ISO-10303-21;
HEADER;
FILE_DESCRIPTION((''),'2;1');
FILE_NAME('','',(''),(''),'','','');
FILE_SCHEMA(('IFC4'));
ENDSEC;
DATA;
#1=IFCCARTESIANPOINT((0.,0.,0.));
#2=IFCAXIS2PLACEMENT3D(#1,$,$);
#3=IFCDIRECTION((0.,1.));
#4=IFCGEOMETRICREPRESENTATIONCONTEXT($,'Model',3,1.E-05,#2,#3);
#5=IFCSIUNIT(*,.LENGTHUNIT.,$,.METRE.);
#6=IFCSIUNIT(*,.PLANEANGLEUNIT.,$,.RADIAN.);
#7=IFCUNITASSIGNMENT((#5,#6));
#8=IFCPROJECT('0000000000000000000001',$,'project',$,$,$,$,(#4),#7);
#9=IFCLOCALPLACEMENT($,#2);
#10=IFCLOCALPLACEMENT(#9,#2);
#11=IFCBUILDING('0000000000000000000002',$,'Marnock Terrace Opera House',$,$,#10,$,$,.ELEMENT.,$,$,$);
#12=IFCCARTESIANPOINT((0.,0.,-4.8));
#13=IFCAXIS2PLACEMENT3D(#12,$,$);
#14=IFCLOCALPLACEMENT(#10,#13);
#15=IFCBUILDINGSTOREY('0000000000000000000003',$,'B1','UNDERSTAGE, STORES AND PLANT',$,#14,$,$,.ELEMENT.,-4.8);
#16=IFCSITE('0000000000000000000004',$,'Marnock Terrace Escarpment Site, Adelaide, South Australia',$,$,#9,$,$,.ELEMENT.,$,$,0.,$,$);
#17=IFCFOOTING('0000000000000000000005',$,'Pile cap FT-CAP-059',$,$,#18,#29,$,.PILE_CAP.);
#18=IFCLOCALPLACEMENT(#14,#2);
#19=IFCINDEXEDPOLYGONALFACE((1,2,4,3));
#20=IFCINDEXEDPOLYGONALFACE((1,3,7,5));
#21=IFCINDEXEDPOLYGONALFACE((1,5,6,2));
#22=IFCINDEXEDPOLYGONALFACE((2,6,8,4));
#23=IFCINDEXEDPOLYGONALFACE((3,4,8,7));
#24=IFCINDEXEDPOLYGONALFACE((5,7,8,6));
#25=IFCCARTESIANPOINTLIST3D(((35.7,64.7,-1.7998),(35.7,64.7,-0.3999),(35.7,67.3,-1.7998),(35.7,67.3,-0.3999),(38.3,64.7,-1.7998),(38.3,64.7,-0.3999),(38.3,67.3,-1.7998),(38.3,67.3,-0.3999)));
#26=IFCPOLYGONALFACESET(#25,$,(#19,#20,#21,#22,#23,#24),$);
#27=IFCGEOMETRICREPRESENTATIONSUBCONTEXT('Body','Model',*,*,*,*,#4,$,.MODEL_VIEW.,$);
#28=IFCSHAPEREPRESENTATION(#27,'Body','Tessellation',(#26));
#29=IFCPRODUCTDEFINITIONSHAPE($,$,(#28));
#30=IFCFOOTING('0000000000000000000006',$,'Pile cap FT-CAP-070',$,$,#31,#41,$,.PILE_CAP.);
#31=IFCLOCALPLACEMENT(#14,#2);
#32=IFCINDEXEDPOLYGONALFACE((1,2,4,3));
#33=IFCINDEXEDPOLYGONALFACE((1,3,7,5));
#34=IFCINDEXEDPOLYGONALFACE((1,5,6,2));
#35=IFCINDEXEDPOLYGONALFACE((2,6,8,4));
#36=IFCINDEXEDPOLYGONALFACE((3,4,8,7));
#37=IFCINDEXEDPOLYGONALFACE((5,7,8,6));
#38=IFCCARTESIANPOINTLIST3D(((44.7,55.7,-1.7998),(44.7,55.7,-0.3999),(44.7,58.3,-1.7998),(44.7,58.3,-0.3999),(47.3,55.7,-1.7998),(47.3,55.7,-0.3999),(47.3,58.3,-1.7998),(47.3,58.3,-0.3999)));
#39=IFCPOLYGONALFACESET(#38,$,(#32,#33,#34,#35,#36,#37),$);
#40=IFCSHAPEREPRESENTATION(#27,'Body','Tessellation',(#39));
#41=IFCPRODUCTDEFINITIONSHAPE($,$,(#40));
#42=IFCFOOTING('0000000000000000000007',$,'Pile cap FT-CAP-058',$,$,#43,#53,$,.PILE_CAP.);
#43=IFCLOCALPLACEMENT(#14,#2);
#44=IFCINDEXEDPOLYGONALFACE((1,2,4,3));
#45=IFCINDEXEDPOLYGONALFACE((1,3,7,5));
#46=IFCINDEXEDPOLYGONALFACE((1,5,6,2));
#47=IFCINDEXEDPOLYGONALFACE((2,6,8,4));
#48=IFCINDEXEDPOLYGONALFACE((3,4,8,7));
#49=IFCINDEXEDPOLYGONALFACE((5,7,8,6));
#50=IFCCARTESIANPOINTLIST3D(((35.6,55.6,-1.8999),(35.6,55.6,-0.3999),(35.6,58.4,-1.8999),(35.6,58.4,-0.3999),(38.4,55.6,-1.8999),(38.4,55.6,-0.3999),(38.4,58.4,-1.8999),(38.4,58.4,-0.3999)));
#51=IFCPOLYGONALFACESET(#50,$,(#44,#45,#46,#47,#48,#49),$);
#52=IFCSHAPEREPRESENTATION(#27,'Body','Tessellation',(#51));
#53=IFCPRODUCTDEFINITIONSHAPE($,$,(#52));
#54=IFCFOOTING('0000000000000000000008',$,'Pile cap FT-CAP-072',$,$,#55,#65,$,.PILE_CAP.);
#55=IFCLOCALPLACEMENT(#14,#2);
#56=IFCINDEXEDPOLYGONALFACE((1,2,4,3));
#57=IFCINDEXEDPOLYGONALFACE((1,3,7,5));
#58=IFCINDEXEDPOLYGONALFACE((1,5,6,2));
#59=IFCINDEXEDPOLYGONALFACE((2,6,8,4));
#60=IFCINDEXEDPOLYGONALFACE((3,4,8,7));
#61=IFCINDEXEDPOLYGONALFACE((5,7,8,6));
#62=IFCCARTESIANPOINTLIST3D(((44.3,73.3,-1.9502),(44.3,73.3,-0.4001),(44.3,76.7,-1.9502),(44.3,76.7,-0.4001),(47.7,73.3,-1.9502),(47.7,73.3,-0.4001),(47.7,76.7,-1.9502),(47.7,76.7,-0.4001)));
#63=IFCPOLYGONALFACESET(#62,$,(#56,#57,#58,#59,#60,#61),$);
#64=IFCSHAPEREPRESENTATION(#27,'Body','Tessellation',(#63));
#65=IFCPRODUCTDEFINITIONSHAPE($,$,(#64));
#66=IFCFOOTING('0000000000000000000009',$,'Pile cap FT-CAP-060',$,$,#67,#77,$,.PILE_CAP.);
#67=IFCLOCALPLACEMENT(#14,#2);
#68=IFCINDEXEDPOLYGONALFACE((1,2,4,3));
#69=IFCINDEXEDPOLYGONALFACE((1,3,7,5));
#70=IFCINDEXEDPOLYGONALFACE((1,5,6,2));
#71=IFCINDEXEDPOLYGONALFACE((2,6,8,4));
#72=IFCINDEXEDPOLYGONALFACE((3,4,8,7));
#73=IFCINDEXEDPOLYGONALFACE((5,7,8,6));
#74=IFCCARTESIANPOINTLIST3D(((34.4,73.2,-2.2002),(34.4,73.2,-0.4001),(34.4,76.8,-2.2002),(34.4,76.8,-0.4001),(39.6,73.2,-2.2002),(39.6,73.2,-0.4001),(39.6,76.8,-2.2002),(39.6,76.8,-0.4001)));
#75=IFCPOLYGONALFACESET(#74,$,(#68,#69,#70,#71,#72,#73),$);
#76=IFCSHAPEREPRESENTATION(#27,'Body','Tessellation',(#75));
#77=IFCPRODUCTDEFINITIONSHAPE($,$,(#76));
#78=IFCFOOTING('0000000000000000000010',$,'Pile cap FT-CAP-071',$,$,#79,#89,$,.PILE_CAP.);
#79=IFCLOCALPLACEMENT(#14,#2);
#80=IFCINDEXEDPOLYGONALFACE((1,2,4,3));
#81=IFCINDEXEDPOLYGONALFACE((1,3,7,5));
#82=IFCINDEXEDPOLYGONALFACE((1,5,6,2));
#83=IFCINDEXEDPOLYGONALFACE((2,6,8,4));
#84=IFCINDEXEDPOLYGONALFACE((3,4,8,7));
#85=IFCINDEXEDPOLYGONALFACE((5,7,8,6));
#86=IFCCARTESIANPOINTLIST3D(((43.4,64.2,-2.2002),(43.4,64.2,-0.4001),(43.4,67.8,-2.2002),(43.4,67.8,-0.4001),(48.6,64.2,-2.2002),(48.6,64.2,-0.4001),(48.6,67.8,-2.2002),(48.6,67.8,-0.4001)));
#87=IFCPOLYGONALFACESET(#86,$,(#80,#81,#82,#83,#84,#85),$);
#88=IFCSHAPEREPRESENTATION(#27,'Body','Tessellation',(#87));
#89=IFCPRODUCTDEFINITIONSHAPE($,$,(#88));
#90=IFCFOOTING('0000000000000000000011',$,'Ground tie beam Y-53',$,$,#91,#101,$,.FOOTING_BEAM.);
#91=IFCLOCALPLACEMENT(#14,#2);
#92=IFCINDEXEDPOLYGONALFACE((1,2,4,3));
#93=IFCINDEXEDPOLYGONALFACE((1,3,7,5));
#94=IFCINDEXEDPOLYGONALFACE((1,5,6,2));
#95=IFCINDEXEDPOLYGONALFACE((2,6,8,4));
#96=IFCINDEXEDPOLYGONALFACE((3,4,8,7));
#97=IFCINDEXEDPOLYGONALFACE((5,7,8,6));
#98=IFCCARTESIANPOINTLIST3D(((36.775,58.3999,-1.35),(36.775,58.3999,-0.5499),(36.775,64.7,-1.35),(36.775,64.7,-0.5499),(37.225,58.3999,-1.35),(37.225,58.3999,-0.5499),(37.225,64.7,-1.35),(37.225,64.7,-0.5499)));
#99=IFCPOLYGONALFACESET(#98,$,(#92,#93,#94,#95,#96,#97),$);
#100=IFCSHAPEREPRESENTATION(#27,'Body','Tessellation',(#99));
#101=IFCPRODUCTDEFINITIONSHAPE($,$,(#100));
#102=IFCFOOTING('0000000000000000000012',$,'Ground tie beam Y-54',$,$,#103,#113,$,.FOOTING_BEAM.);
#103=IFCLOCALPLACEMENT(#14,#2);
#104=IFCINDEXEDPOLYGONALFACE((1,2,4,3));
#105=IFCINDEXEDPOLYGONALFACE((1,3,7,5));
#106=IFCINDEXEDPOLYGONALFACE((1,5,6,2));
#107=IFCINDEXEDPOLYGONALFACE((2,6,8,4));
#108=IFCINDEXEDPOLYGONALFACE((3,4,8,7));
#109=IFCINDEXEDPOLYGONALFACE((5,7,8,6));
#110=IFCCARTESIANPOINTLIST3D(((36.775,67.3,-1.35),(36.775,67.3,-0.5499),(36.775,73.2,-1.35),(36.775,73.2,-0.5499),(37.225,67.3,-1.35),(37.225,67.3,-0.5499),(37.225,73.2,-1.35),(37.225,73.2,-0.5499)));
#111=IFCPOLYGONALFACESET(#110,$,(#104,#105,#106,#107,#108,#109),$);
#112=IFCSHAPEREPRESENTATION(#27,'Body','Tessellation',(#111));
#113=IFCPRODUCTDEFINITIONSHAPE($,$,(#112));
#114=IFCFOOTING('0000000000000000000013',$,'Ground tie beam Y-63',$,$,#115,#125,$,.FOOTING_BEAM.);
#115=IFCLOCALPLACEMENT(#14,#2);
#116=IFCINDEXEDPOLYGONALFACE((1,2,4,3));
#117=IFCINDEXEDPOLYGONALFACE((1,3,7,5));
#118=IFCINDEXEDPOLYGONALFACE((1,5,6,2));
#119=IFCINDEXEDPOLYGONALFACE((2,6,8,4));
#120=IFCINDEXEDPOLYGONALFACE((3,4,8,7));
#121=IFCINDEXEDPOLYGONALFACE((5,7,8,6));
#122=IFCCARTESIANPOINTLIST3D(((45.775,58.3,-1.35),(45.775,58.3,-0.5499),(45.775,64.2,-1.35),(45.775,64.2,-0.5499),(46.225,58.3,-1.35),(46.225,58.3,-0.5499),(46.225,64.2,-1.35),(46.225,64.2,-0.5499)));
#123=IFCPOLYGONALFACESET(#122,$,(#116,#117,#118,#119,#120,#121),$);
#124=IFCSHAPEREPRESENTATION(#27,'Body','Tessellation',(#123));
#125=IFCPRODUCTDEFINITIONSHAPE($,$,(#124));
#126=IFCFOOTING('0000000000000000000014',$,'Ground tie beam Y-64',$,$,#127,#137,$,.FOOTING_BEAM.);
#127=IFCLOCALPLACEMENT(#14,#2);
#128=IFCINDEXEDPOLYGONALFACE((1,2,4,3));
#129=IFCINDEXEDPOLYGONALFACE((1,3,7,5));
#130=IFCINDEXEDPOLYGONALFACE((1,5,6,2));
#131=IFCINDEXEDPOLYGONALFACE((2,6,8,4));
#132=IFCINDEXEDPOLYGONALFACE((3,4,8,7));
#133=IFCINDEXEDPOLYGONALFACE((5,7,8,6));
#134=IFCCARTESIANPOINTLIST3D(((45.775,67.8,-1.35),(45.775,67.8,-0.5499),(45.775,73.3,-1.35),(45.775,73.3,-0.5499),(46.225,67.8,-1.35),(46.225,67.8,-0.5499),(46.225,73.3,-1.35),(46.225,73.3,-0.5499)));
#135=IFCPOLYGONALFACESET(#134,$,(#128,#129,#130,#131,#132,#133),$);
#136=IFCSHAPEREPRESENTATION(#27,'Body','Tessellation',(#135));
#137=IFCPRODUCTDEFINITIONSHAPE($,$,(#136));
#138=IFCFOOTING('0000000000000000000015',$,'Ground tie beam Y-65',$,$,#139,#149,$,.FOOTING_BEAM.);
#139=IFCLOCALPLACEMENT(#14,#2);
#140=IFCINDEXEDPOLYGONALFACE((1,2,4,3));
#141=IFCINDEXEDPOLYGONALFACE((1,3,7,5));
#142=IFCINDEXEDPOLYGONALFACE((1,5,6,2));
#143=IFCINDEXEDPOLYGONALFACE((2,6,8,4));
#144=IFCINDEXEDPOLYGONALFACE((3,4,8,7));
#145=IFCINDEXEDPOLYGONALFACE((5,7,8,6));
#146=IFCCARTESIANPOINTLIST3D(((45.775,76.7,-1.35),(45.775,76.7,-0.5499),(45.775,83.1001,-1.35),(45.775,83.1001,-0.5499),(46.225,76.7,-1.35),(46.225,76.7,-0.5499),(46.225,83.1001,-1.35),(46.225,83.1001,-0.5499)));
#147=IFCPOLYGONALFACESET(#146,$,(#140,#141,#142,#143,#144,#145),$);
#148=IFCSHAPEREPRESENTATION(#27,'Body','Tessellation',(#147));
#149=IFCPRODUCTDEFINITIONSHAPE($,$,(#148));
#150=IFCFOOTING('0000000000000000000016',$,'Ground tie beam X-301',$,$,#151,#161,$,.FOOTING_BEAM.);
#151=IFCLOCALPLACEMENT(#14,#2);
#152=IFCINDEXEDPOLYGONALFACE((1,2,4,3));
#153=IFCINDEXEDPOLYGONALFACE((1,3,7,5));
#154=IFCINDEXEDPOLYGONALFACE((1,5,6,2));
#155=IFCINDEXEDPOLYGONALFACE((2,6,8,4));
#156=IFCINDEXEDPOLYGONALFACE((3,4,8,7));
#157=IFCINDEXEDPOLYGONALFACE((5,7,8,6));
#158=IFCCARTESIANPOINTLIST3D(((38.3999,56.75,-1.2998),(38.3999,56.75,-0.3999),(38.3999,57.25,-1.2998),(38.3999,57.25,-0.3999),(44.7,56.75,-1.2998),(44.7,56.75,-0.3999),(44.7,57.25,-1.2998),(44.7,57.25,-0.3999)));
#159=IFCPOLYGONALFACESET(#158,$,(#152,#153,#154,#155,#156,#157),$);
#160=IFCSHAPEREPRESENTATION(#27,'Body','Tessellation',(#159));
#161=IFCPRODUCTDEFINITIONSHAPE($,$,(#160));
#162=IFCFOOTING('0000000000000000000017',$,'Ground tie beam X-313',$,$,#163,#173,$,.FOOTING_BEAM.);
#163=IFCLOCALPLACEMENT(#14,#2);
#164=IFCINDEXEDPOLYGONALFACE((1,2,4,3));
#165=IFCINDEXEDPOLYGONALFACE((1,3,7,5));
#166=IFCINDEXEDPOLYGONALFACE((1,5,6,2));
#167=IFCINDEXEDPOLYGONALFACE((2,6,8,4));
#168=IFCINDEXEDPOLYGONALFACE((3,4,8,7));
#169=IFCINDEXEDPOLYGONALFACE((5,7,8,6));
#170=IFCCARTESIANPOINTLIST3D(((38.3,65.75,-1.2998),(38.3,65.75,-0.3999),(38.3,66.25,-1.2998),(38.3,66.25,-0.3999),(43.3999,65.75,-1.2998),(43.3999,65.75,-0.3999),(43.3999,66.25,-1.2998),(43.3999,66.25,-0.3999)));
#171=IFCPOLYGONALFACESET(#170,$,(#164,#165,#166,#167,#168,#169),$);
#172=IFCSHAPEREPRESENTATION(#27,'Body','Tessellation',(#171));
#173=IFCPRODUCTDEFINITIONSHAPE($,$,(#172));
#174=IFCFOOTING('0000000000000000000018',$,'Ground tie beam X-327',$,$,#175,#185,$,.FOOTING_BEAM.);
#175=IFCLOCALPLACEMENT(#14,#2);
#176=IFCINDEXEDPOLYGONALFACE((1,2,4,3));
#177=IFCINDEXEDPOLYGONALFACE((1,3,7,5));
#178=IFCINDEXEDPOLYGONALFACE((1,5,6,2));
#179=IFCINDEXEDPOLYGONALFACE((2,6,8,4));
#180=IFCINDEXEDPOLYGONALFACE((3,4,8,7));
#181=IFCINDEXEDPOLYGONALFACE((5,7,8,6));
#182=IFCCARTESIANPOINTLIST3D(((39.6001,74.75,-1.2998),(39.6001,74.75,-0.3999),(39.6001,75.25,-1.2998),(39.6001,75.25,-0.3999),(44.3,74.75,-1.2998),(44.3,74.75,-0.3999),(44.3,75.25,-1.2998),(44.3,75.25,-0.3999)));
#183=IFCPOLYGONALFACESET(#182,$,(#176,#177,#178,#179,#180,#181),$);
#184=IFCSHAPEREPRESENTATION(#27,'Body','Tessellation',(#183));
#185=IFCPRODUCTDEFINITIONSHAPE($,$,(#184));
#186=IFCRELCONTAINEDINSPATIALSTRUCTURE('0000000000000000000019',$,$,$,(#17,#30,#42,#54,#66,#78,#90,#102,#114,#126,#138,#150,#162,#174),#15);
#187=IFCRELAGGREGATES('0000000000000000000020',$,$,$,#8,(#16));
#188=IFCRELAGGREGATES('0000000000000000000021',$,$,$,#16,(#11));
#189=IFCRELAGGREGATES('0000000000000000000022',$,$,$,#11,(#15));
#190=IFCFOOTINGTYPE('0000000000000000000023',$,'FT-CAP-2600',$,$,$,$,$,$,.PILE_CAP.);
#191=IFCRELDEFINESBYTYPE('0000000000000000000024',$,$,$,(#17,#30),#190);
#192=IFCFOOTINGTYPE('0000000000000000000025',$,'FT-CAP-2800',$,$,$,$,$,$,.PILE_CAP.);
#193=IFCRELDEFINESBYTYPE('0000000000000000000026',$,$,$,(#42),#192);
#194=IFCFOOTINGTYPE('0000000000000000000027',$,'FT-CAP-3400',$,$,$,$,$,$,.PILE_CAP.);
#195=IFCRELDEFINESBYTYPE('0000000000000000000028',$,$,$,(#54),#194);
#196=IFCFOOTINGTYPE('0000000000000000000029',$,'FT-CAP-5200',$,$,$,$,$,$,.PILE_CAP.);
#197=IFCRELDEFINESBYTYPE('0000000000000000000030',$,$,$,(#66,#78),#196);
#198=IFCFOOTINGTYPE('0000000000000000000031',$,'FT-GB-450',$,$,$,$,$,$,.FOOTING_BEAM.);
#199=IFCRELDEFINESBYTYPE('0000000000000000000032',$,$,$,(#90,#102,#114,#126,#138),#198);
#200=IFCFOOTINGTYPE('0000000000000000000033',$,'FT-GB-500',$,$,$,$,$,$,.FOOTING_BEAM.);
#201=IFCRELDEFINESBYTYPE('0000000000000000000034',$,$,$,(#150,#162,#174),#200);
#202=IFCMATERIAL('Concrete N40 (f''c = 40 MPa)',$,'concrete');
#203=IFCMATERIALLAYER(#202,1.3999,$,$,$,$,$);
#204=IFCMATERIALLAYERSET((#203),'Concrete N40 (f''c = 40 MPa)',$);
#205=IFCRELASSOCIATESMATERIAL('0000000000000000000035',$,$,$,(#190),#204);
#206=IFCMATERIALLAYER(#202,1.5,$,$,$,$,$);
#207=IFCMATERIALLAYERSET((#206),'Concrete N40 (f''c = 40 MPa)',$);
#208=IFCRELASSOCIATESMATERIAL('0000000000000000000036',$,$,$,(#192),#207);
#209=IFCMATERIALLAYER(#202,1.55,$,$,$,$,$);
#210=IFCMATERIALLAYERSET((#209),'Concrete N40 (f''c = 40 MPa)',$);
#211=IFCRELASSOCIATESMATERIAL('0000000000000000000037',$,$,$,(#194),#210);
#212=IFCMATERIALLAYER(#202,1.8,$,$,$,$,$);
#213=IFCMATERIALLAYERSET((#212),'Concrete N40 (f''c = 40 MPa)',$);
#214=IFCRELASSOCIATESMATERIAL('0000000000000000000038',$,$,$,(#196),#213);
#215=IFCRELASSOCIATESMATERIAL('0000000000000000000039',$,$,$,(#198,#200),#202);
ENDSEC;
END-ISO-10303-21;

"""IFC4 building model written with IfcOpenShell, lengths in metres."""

from ifc_helpers import new_model, si_unit, direction, frame, origin, origin_2d, place, context, subcontext, project, spatial, rectangle, extrude, material, layer, layer_set, material_profile, profile_set, type_object, element, save


model = new_model("IFC4")

# Units and contexts
model_context = context("Model", 3, precision=1e-05, world=origin(), true_north=direction((0.0, 1.0)))
body_context = subcontext(model_context, "Body", "Model", "MODEL_VIEW")
ifc_project = project(units=[si_unit("LENGTHUNIT", "METRE"), si_unit("PLANEANGLEUNIT", "RADIAN")], contexts=[model_context])

# Site, building, storey
site_placement = place(None, origin())
site = spatial("IfcSite", under=ifc_project, at=site_placement, Name="Marnock Terrace Escarpment Site, Adelaide, South Australia", CompositionType="ELEMENT", RefElevation=0.0)
building_placement = place(site_placement, origin())
building = spatial("IfcBuilding", under=site, at=building_placement, Name="Marnock Terrace Opera House", CompositionType="ELEMENT")
storey_placement = place(building_placement, frame((0.0, 0.0, -4.8)))
storey = spatial("IfcBuildingStorey", under=building, at=storey_placement, Name="B1", Description="UNDERSTAGE, STORES AND PLANT", CompositionType="ELEMENT", Elevation=-4.8)

# Footings
ifc_material_1 = material(Name="Concrete N40 (f'c = 40 MPa)", Category="concrete")
ifc_layer_1 = layer(ifc_material_1, 1.3999)
ifc_layer_set_1 = layer_set([ifc_layer_1], Name="Concrete N40 (f'c = 40 MPa)")
footing_type_1 = type_object("IfcFootingType", Name="FT-CAP-2600", PredefinedType="PILE_CAP", material=ifc_layer_set_1)
for number, where, z_axis, x_axis, name in (
    (1, (37.0, 66.0, -1.7998), (0.0, 0.0, 1.0), (1.0, 0.0, 0.0), "Pile cap FT-CAP-059"),
    (2, (46.0, 57.0, -1.7998), (0.0, 0.0, 1.0), (1.0, 0.0, 0.0), "Pile cap FT-CAP-070"),
):
    element("IfcFooting", number, at=place(storey_placement, frame(where, z_axis=z_axis, x_axis=x_axis)), inside=storey, type_object=footing_type_1, Name=name, PredefinedType="PILE_CAP", context=body_context, shape_type="SweptSolid", body=[
        extrude(rectangle(XDim=2.6001, YDim=2.6001, at=origin_2d()), origin(), (0.0, 0.0, 1.0), 1.3999),
    ])
ifc_layer_2 = layer(ifc_material_1, 1.5)
ifc_layer_set_2 = layer_set([ifc_layer_2], Name="Concrete N40 (f'c = 40 MPa)")
footing_type_2 = type_object("IfcFootingType", Name="FT-CAP-2800", PredefinedType="PILE_CAP", material=ifc_layer_set_2)
footing_1_placement = place(storey_placement, frame((37.0, 57.0, -1.8999), z_axis=(0.0, 0.0, 1.0), x_axis=(1.0, 0.0, 0.0)))
element("IfcFooting", 3, at=footing_1_placement, inside=storey, type_object=footing_type_2, Name="Pile cap FT-CAP-058", PredefinedType="PILE_CAP", context=body_context, shape_type="SweptSolid", body=[
    extrude(rectangle(XDim=2.8, YDim=2.8, at=origin_2d()), origin(), (0.0, 0.0, 1.0), 1.5),
])
ifc_layer_3 = layer(ifc_material_1, 1.55)
ifc_layer_set_3 = layer_set([ifc_layer_3], Name="Concrete N40 (f'c = 40 MPa)")
footing_type_3 = type_object("IfcFootingType", Name="FT-CAP-3400", PredefinedType="PILE_CAP", material=ifc_layer_set_3)
footing_2_placement = place(storey_placement, frame((46.0, 75.0, -1.9502), z_axis=(0.0, 0.0, 1.0), x_axis=(1.0, 0.0, 0.0)))
element("IfcFooting", 4, at=footing_2_placement, inside=storey, type_object=footing_type_3, Name="Pile cap FT-CAP-072", PredefinedType="PILE_CAP", context=body_context, shape_type="SweptSolid", body=[
    extrude(rectangle(XDim=3.3999, YDim=3.3999, at=origin_2d()), origin(), (0.0, 0.0, 1.0), 1.55),
])
ifc_layer_4 = layer(ifc_material_1, 1.8)
ifc_layer_set_4 = layer_set([ifc_layer_4], Name="Concrete N40 (f'c = 40 MPa)")
footing_type_4 = type_object("IfcFootingType", Name="FT-CAP-5200", PredefinedType="PILE_CAP", material=ifc_layer_set_4)
for number, where, z_axis, x_axis, name in (
    (5, (37.0, 75.0, -2.2002), (0.0, 0.0, 1.0), (1.0, 0.0, 0.0), "Pile cap FT-CAP-060"),
    (6, (46.0, 66.0, -2.2002), (0.0, 0.0, 1.0), (1.0, 0.0, 0.0), "Pile cap FT-CAP-071"),
):
    element("IfcFooting", number, at=place(storey_placement, frame(where, z_axis=z_axis, x_axis=x_axis)), inside=storey, type_object=footing_type_4, Name=name, PredefinedType="PILE_CAP", context=body_context, shape_type="SweptSolid", body=[
        extrude(rectangle(XDim=5.2, YDim=3.6001, at=origin_2d()), origin(), (0.0, 0.0, 1.0), 1.8),
    ])
ifc_material_profile_1 = material_profile(ifc_material_1, rectangle(XDim=0.45, YDim=0.8, at=origin_2d()))
ifc_profile_set_1 = profile_set([ifc_material_profile_1], Name="Concrete N40 (f'c = 40 MPa)")
footing_type_5 = type_object("IfcFootingType", Name="FT-GB-450", PredefinedType="FOOTING_BEAM", material=ifc_profile_set_1)
footing_3_placement = place(storey_placement, frame((37.0, 58.3999, -0.95), z_axis=(0.0, 1.0, 0.0), x_axis=(-1.0, 0.0, 0.0)))
element("IfcFooting", 7, at=footing_3_placement, inside=storey, type_object=footing_type_5, Name="Ground tie beam Y-53", PredefinedType="FOOTING_BEAM", context=body_context, shape_type="SweptSolid", body=[
    extrude(rectangle(XDim=0.45, YDim=0.8, at=origin_2d()), origin(), (0.0, 0.0, 1.0), 6.3),
])
for number, where, z_axis, x_axis, name in (
    (8, (37.0, 67.3, -0.95), (0.0, 1.0, 0.0), (-1.0, 0.0, 0.0), "Ground tie beam Y-54"),
    (9, (46.0, 58.3, -0.95), (0.0, 1.0, 0.0), (-1.0, 0.0, 0.0), "Ground tie beam Y-63"),
):
    element("IfcFooting", number, at=place(storey_placement, frame(where, z_axis=z_axis, x_axis=x_axis)), inside=storey, type_object=footing_type_5, Name=name, PredefinedType="FOOTING_BEAM", context=body_context, shape_type="SweptSolid", body=[
        extrude(rectangle(XDim=0.45, YDim=0.8, at=origin_2d()), origin(), (0.0, 0.0, 1.0), 5.8999),
    ])
footing_4_placement = place(storey_placement, frame((46.0, 67.8, -0.95), z_axis=(0.0, 1.0, 0.0), x_axis=(-1.0, 0.0, 0.0)))
element("IfcFooting", 10, at=footing_4_placement, inside=storey, type_object=footing_type_5, Name="Ground tie beam Y-64", PredefinedType="FOOTING_BEAM", context=body_context, shape_type="SweptSolid", body=[
    extrude(rectangle(XDim=0.45, YDim=0.8, at=origin_2d()), origin(), (0.0, 0.0, 1.0), 5.5),
])
footing_5_placement = place(storey_placement, frame((46.0, 76.7, -0.95), z_axis=(0.0, 1.0, 0.0), x_axis=(-1.0, 0.0, 0.0)))
element("IfcFooting", 11, at=footing_5_placement, inside=storey, type_object=footing_type_5, Name="Ground tie beam Y-65", PredefinedType="FOOTING_BEAM", context=body_context, shape_type="SweptSolid", body=[
    extrude(rectangle(XDim=0.45, YDim=0.8, at=origin_2d()), origin(), (0.0, 0.0, 1.0), 6.4001),
])
ifc_material_profile_2 = material_profile(ifc_material_1, rectangle(XDim=0.5, YDim=0.8999, at=origin_2d()))
ifc_profile_set_2 = profile_set([ifc_material_profile_2], Name="Concrete N40 (f'c = 40 MPa)")
footing_type_6 = type_object("IfcFootingType", Name="FT-GB-500", PredefinedType="FOOTING_BEAM", material=ifc_profile_set_2)
footing_6_placement = place(storey_placement, frame((38.3999, 57.0, -0.8499), z_axis=(1.0, 0.0, 0.0), x_axis=(0.0, 1.0, 0.0)))
element("IfcFooting", 12, at=footing_6_placement, inside=storey, type_object=footing_type_6, Name="Ground tie beam X-301", PredefinedType="FOOTING_BEAM", context=body_context, shape_type="SweptSolid", body=[
    extrude(rectangle(XDim=0.5, YDim=0.8999, at=origin_2d()), origin(), (0.0, 0.0, 1.0), 6.3),
])
footing_7_placement = place(storey_placement, frame((38.3, 66.0, -0.8499), z_axis=(1.0, 0.0, 0.0), x_axis=(0.0, 1.0, 0.0)))
element("IfcFooting", 13, at=footing_7_placement, inside=storey, type_object=footing_type_6, Name="Ground tie beam X-313", PredefinedType="FOOTING_BEAM", context=body_context, shape_type="SweptSolid", body=[
    extrude(rectangle(XDim=0.5, YDim=0.8999, at=origin_2d()), origin(), (0.0, 0.0, 1.0), 5.0999),
])
footing_8_placement = place(storey_placement, frame((39.6001, 75.0, -0.8499), z_axis=(1.0, 0.0, 0.0), x_axis=(0.0, 1.0, 0.0)))
element("IfcFooting", 14, at=footing_8_placement, inside=storey, type_object=footing_type_6, Name="Ground tie beam X-327", PredefinedType="FOOTING_BEAM", context=body_context, shape_type="SweptSolid", body=[
    extrude(rectangle(XDim=0.5, YDim=0.8999, at=origin_2d()), origin(), (0.0, 0.0, 1.0), 4.7),
])

save(model, "model.ifc")
